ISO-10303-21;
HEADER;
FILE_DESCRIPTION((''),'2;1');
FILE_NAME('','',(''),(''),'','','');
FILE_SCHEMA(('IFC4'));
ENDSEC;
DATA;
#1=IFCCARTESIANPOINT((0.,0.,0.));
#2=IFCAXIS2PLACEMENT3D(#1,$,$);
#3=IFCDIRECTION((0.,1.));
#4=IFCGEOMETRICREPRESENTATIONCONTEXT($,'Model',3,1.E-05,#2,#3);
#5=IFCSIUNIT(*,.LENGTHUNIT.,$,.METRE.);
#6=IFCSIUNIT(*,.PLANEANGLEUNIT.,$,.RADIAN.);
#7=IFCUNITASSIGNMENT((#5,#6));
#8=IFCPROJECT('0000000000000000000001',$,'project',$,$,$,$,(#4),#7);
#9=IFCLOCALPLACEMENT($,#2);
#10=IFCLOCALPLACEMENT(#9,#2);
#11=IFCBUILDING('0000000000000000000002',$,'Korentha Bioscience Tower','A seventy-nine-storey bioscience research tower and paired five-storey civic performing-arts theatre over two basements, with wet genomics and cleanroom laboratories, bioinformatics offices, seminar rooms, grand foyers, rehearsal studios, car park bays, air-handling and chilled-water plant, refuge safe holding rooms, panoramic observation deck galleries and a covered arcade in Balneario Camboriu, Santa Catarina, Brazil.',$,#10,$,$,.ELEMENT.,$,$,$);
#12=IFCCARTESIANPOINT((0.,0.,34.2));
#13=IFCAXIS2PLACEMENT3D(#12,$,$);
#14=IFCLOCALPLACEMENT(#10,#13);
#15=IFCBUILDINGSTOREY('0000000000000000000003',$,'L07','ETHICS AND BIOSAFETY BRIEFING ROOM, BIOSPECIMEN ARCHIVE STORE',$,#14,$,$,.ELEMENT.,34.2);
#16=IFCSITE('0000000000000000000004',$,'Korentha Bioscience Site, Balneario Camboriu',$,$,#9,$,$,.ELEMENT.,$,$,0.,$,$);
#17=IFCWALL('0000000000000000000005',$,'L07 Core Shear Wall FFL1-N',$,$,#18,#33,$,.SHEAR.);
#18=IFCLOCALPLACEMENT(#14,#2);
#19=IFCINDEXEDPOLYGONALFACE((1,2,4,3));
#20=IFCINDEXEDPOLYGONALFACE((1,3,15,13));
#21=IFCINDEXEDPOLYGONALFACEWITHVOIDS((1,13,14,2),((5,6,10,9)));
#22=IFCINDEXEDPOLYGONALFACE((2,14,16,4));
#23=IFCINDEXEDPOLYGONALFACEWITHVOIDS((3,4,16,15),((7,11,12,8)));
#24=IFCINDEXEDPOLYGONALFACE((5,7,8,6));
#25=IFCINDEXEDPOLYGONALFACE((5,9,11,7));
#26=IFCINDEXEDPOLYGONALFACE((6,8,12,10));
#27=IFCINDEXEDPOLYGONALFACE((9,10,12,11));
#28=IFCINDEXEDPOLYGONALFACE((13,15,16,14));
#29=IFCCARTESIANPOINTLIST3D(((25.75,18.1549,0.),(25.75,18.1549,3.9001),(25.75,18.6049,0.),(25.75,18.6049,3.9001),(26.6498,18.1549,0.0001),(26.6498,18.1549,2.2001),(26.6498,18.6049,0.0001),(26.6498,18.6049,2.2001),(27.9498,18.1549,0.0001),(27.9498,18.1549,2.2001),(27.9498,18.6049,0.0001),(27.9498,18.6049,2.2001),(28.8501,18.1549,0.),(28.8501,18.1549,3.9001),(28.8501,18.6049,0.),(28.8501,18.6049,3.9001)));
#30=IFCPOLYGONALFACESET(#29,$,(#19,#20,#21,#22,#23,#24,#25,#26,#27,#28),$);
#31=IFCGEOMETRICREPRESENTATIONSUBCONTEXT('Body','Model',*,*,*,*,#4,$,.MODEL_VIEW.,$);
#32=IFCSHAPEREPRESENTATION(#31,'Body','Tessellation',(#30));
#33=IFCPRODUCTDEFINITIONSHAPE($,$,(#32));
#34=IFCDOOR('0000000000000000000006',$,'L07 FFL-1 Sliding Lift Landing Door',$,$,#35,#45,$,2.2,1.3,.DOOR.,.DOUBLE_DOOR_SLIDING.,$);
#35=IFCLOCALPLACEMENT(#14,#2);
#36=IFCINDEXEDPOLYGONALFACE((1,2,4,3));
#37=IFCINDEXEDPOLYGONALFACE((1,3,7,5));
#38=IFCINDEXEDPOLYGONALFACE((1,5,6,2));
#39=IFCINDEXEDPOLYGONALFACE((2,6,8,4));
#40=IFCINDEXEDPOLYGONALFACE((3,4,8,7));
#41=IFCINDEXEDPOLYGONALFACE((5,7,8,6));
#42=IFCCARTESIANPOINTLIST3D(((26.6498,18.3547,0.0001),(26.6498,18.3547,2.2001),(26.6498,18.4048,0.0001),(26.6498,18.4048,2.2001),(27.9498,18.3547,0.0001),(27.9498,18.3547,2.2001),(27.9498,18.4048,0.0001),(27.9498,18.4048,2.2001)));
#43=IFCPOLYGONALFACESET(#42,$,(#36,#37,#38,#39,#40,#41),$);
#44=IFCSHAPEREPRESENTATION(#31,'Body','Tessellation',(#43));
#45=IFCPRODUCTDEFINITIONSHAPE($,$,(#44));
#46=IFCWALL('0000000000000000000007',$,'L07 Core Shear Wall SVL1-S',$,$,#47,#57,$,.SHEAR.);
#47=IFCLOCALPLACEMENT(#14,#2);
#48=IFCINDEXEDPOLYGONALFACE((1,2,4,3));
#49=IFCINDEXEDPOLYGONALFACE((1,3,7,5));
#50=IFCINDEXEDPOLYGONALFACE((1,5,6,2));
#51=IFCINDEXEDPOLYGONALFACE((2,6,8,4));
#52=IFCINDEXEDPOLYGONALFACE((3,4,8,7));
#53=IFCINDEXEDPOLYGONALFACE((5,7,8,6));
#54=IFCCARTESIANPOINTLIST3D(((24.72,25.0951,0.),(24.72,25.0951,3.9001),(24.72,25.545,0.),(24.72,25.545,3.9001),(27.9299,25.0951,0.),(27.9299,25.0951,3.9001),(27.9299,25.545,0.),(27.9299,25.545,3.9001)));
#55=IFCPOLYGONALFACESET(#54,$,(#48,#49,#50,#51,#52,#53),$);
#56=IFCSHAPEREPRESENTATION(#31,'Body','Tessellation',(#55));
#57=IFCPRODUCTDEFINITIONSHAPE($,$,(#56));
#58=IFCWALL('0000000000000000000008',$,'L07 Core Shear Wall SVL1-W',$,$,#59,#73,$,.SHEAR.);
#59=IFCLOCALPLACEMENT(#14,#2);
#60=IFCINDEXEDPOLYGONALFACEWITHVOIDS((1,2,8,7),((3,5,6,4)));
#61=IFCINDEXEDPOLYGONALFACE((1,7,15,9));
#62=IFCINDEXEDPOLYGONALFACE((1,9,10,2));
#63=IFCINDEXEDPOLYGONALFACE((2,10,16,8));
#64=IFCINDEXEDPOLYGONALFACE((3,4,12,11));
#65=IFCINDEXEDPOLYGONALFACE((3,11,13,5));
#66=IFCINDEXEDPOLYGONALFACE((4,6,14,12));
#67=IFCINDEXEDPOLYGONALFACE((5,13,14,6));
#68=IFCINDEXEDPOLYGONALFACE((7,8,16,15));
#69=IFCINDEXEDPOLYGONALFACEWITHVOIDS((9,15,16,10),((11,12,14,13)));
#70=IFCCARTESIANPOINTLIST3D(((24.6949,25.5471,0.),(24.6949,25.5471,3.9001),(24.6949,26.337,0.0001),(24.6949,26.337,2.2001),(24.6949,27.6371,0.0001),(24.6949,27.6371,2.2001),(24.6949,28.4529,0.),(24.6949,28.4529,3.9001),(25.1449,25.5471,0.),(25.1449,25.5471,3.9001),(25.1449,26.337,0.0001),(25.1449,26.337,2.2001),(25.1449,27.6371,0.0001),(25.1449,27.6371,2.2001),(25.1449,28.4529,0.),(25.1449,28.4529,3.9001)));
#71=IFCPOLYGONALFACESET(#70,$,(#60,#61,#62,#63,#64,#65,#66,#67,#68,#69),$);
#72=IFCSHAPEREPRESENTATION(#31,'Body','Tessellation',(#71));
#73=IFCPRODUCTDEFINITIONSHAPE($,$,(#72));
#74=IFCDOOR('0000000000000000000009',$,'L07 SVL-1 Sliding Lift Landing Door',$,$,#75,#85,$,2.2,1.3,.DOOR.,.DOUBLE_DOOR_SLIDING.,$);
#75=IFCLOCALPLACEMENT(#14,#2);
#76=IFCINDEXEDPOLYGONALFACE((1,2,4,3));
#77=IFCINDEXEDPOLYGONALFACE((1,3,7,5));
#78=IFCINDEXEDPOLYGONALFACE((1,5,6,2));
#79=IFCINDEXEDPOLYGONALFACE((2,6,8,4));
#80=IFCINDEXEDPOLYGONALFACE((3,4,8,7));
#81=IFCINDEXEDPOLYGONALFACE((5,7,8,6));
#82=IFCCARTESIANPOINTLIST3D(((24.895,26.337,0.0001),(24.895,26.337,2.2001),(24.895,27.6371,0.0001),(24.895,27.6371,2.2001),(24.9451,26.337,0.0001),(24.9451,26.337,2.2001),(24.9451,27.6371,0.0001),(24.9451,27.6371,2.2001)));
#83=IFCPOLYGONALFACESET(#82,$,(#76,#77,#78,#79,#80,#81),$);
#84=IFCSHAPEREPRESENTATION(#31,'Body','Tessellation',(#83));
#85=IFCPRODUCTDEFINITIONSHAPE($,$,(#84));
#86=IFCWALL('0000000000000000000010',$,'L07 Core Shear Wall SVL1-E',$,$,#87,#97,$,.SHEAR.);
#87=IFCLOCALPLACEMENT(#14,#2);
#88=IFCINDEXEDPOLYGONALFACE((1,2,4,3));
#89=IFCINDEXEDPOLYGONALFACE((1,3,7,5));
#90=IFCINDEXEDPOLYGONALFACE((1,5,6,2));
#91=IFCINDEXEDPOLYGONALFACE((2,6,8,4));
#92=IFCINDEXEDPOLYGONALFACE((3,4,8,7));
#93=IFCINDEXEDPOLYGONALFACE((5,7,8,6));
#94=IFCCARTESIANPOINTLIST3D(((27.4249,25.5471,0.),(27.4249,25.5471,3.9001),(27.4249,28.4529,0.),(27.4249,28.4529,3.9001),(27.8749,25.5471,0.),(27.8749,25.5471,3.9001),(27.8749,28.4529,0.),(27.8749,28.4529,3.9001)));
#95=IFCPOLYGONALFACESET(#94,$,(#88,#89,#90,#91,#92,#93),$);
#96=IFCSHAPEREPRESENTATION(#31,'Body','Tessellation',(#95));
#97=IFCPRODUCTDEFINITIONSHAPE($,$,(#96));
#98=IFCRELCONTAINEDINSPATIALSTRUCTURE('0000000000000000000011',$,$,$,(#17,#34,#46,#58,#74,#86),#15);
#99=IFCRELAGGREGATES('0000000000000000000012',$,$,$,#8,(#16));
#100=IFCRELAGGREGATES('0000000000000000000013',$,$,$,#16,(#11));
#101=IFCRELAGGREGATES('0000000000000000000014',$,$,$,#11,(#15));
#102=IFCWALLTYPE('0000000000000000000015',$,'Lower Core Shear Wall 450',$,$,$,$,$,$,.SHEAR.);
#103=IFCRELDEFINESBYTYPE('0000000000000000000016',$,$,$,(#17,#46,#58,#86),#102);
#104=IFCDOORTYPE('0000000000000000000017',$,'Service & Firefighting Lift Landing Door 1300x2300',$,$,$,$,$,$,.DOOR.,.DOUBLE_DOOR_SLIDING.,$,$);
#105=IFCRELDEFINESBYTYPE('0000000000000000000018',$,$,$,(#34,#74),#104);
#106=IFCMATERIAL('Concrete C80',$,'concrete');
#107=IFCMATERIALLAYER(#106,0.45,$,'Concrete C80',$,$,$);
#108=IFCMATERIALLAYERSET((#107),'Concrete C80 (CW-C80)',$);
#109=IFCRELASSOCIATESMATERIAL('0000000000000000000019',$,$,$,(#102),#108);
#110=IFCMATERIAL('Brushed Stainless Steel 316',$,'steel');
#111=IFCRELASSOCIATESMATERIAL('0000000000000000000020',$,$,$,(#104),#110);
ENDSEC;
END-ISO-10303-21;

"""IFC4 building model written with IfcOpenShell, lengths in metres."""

from ifc_helpers import new_model, si_unit, direction, frame, frame_2d, origin, place, context, subcontext, project, spatial, rectangle, extrude, material, layer, layer_set, type_object, element, fill, save


model = new_model("IFC4")

# Units and contexts
model_context = context("Model", 3, precision=1e-05, world=origin(), true_north=direction((0.0, 1.0)))
body_context = subcontext(model_context, "Body", "Model", "MODEL_VIEW")
ifc_project = project(units=[si_unit("LENGTHUNIT", "METRE"), si_unit("PLANEANGLEUNIT", "RADIAN")], contexts=[model_context])

# Site, building, storey
site_placement = place(None, origin())
site = spatial("IfcSite", under=ifc_project, at=site_placement, Name="Korentha Bioscience Site, Balneario Camboriu", CompositionType="ELEMENT", RefElevation=0.0)
building_placement = place(site_placement, origin())
building = spatial("IfcBuilding", under=site, at=building_placement, Name="Korentha Bioscience Tower", Description="A seventy-nine-storey bioscience research tower and paired five-storey civic performing-arts theatre over two basements, with wet genomics and cleanroom laboratories, bioinformatics offices, seminar rooms, grand foyers, rehearsal studios, car park bays, air-handling and chilled-water plant, refuge safe holding rooms, panoramic observation deck galleries and a covered arcade in Balneario Camboriu, Santa Catarina, Brazil.", CompositionType="ELEMENT")
storey_placement = place(building_placement, frame((0.0, 0.0, 34.2)))
storey = spatial("IfcBuildingStorey", under=building, at=storey_placement, Name="L07", Description="ETHICS AND BIOSAFETY BRIEFING ROOM, BIOSPECIMEN ARCHIVE STORE", CompositionType="ELEMENT", Elevation=34.2)

# Shared definitions
ifc_material_1 = material(Name="Concrete C80", Category="concrete")

# Shared definitions
ifc_layer_1 = layer(ifc_material_1, 0.45, Name="Concrete C80")
ifc_layer_set_1 = layer_set([ifc_layer_1], Name="Concrete C80 (CW-C80)")
wall_type_1 = type_object("IfcWallType", Name="Lower Core Shear Wall 450", PredefinedType="SHEAR", material=ifc_layer_set_1)

# Wall, opening, door
wall_1_placement = place(storey_placement, frame((25.75, 18.3799, 0.0), z_axis=(0.0, 0.0, 1.0), x_axis=(1.0, 0.0, 0.0)))
wall_1 = element("IfcWall", 1, at=wall_1_placement, inside=storey, type_object=wall_type_1, Name="L07 Core Shear Wall FFL1-N", PredefinedType="SHEAR", context=body_context, shape_type="SweptSolid", body=[
    extrude(rectangle(XDim=3.1001, YDim=0.45, at=frame_2d((1.55, 0.0))), origin(), (0.0, 0.0, 1.0), 3.9001),
])
opening_1_placement = place(wall_1_placement, frame((0.8999, 0.0, 0.0)))
opening_1 = element("IfcOpeningElement", 2, at=opening_1_placement, cuts=wall_1, PredefinedType="OPENING", context=body_context, shape_type="SweptSolid", body=[
    extrude(rectangle(XDim=1.3, YDim=2.2, at=frame_2d((0.6499, 1.1001))), frame((0.0, 0.2397, 0.0), z_axis=(0.0, -1.0, 0.0), x_axis=(1.0, 0.0, 0.0)), (0.0, 0.0, 1.0), 0.4797),
])
ifc_material_2 = material(Name="Brushed Stainless Steel 316", Category="steel")
door_type_1 = type_object("IfcDoorType", Name="Service & Firefighting Lift Landing Door 1300x2300", OperationType="DOUBLE_DOOR_SLIDING", PredefinedType="DOOR", material=ifc_material_2)
door_1_placement = place(opening_1_placement, origin())
door_1 = element("IfcDoor", 3, at=door_1_placement, inside=storey, type_object=door_type_1, Name="L07 FFL-1 Sliding Lift Landing Door", OperationType="DOUBLE_DOOR_SLIDING", OverallHeight=2.2, OverallWidth=1.3, PredefinedType="DOOR", context=body_context, shape_type="SweptSolid", body=[
    extrude(rectangle(XDim=1.3, YDim=2.2, at=frame_2d((0.6499, 1.1001))), frame((0.0, 0.0249, 0.0), z_axis=(0.0, -1.0, 0.0), x_axis=(1.0, 0.0, 0.0)), (0.0, 0.0, 1.0), 0.05),
])
fill(opening_1, door_1)

# Wall
wall_2_placement = place(storey_placement, frame((24.72, 25.3201, 0.0), z_axis=(0.0, 0.0, 1.0), x_axis=(1.0, 0.0, 0.0)))
element("IfcWall", 4, at=wall_2_placement, inside=storey, type_object=wall_type_1, Name="L07 Core Shear Wall SVL1-S", PredefinedType="SHEAR", context=body_context, shape_type="SweptSolid", body=[
    extrude(rectangle(XDim=3.21, YDim=0.45, at=frame_2d((1.605, 0.0))), origin(), (0.0, 0.0, 1.0), 3.9001),
])

# Wall, opening, door
wall_3_placement = place(storey_placement, frame((24.9199, 25.5471, 0.0), z_axis=(0.0, 0.0, 1.0), x_axis=(0.0, 1.0, 0.0)))
wall_3 = element("IfcWall", 5, at=wall_3_placement, inside=storey, type_object=wall_type_1, Name="L07 Core Shear Wall SVL1-W", PredefinedType="SHEAR", context=body_context, shape_type="SweptSolid", body=[
    extrude(rectangle(XDim=2.9058, YDim=0.45, at=frame_2d((1.4529, 0.0))), origin(), (0.0, 0.0, 1.0), 3.9001),
])
opening_2_placement = place(wall_3_placement, frame((0.79, 0.0, 0.0)))
opening_2 = element("IfcOpeningElement", 6, at=opening_2_placement, cuts=wall_3, PredefinedType="OPENING", context=body_context, shape_type="SweptSolid", body=[
    extrude(rectangle(XDim=1.3, YDim=2.2, at=frame_2d((0.6499, 1.1001))), frame((0.0, 0.2397, 0.0), z_axis=(0.0, -1.0, 0.0), x_axis=(1.0, 0.0, 0.0)), (0.0, 0.0, 1.0), 0.4797),
])
door_2_placement = place(opening_2_placement, origin())
door_2 = element("IfcDoor", 7, at=door_2_placement, inside=storey, type_object=door_type_1, Name="L07 SVL-1 Sliding Lift Landing Door", OperationType="DOUBLE_DOOR_SLIDING", OverallHeight=2.2, OverallWidth=1.3, PredefinedType="DOOR", context=body_context, shape_type="SweptSolid", body=[
    extrude(rectangle(XDim=1.3, YDim=2.2, at=frame_2d((0.6499, 1.1001))), frame((0.0, 0.0249, 0.0), z_axis=(0.0, -1.0, 0.0), x_axis=(1.0, 0.0, 0.0)), (0.0, 0.0, 1.0), 0.05),
])
fill(opening_2, door_2)

# Wall
wall_4_placement = place(storey_placement, frame((27.6499, 25.5471, 0.0), z_axis=(0.0, 0.0, 1.0), x_axis=(0.0, 1.0, 0.0)))
element("IfcWall", 8, at=wall_4_placement, inside=storey, type_object=wall_type_1, Name="L07 Core Shear Wall SVL1-E", PredefinedType="SHEAR", context=body_context, shape_type="SweptSolid", body=[
    extrude(rectangle(XDim=2.9058, YDim=0.45, at=frame_2d((1.4529, 0.0))), origin(), (0.0, 0.0, 1.0), 3.9001),
])

save(model, "model.ifc")
